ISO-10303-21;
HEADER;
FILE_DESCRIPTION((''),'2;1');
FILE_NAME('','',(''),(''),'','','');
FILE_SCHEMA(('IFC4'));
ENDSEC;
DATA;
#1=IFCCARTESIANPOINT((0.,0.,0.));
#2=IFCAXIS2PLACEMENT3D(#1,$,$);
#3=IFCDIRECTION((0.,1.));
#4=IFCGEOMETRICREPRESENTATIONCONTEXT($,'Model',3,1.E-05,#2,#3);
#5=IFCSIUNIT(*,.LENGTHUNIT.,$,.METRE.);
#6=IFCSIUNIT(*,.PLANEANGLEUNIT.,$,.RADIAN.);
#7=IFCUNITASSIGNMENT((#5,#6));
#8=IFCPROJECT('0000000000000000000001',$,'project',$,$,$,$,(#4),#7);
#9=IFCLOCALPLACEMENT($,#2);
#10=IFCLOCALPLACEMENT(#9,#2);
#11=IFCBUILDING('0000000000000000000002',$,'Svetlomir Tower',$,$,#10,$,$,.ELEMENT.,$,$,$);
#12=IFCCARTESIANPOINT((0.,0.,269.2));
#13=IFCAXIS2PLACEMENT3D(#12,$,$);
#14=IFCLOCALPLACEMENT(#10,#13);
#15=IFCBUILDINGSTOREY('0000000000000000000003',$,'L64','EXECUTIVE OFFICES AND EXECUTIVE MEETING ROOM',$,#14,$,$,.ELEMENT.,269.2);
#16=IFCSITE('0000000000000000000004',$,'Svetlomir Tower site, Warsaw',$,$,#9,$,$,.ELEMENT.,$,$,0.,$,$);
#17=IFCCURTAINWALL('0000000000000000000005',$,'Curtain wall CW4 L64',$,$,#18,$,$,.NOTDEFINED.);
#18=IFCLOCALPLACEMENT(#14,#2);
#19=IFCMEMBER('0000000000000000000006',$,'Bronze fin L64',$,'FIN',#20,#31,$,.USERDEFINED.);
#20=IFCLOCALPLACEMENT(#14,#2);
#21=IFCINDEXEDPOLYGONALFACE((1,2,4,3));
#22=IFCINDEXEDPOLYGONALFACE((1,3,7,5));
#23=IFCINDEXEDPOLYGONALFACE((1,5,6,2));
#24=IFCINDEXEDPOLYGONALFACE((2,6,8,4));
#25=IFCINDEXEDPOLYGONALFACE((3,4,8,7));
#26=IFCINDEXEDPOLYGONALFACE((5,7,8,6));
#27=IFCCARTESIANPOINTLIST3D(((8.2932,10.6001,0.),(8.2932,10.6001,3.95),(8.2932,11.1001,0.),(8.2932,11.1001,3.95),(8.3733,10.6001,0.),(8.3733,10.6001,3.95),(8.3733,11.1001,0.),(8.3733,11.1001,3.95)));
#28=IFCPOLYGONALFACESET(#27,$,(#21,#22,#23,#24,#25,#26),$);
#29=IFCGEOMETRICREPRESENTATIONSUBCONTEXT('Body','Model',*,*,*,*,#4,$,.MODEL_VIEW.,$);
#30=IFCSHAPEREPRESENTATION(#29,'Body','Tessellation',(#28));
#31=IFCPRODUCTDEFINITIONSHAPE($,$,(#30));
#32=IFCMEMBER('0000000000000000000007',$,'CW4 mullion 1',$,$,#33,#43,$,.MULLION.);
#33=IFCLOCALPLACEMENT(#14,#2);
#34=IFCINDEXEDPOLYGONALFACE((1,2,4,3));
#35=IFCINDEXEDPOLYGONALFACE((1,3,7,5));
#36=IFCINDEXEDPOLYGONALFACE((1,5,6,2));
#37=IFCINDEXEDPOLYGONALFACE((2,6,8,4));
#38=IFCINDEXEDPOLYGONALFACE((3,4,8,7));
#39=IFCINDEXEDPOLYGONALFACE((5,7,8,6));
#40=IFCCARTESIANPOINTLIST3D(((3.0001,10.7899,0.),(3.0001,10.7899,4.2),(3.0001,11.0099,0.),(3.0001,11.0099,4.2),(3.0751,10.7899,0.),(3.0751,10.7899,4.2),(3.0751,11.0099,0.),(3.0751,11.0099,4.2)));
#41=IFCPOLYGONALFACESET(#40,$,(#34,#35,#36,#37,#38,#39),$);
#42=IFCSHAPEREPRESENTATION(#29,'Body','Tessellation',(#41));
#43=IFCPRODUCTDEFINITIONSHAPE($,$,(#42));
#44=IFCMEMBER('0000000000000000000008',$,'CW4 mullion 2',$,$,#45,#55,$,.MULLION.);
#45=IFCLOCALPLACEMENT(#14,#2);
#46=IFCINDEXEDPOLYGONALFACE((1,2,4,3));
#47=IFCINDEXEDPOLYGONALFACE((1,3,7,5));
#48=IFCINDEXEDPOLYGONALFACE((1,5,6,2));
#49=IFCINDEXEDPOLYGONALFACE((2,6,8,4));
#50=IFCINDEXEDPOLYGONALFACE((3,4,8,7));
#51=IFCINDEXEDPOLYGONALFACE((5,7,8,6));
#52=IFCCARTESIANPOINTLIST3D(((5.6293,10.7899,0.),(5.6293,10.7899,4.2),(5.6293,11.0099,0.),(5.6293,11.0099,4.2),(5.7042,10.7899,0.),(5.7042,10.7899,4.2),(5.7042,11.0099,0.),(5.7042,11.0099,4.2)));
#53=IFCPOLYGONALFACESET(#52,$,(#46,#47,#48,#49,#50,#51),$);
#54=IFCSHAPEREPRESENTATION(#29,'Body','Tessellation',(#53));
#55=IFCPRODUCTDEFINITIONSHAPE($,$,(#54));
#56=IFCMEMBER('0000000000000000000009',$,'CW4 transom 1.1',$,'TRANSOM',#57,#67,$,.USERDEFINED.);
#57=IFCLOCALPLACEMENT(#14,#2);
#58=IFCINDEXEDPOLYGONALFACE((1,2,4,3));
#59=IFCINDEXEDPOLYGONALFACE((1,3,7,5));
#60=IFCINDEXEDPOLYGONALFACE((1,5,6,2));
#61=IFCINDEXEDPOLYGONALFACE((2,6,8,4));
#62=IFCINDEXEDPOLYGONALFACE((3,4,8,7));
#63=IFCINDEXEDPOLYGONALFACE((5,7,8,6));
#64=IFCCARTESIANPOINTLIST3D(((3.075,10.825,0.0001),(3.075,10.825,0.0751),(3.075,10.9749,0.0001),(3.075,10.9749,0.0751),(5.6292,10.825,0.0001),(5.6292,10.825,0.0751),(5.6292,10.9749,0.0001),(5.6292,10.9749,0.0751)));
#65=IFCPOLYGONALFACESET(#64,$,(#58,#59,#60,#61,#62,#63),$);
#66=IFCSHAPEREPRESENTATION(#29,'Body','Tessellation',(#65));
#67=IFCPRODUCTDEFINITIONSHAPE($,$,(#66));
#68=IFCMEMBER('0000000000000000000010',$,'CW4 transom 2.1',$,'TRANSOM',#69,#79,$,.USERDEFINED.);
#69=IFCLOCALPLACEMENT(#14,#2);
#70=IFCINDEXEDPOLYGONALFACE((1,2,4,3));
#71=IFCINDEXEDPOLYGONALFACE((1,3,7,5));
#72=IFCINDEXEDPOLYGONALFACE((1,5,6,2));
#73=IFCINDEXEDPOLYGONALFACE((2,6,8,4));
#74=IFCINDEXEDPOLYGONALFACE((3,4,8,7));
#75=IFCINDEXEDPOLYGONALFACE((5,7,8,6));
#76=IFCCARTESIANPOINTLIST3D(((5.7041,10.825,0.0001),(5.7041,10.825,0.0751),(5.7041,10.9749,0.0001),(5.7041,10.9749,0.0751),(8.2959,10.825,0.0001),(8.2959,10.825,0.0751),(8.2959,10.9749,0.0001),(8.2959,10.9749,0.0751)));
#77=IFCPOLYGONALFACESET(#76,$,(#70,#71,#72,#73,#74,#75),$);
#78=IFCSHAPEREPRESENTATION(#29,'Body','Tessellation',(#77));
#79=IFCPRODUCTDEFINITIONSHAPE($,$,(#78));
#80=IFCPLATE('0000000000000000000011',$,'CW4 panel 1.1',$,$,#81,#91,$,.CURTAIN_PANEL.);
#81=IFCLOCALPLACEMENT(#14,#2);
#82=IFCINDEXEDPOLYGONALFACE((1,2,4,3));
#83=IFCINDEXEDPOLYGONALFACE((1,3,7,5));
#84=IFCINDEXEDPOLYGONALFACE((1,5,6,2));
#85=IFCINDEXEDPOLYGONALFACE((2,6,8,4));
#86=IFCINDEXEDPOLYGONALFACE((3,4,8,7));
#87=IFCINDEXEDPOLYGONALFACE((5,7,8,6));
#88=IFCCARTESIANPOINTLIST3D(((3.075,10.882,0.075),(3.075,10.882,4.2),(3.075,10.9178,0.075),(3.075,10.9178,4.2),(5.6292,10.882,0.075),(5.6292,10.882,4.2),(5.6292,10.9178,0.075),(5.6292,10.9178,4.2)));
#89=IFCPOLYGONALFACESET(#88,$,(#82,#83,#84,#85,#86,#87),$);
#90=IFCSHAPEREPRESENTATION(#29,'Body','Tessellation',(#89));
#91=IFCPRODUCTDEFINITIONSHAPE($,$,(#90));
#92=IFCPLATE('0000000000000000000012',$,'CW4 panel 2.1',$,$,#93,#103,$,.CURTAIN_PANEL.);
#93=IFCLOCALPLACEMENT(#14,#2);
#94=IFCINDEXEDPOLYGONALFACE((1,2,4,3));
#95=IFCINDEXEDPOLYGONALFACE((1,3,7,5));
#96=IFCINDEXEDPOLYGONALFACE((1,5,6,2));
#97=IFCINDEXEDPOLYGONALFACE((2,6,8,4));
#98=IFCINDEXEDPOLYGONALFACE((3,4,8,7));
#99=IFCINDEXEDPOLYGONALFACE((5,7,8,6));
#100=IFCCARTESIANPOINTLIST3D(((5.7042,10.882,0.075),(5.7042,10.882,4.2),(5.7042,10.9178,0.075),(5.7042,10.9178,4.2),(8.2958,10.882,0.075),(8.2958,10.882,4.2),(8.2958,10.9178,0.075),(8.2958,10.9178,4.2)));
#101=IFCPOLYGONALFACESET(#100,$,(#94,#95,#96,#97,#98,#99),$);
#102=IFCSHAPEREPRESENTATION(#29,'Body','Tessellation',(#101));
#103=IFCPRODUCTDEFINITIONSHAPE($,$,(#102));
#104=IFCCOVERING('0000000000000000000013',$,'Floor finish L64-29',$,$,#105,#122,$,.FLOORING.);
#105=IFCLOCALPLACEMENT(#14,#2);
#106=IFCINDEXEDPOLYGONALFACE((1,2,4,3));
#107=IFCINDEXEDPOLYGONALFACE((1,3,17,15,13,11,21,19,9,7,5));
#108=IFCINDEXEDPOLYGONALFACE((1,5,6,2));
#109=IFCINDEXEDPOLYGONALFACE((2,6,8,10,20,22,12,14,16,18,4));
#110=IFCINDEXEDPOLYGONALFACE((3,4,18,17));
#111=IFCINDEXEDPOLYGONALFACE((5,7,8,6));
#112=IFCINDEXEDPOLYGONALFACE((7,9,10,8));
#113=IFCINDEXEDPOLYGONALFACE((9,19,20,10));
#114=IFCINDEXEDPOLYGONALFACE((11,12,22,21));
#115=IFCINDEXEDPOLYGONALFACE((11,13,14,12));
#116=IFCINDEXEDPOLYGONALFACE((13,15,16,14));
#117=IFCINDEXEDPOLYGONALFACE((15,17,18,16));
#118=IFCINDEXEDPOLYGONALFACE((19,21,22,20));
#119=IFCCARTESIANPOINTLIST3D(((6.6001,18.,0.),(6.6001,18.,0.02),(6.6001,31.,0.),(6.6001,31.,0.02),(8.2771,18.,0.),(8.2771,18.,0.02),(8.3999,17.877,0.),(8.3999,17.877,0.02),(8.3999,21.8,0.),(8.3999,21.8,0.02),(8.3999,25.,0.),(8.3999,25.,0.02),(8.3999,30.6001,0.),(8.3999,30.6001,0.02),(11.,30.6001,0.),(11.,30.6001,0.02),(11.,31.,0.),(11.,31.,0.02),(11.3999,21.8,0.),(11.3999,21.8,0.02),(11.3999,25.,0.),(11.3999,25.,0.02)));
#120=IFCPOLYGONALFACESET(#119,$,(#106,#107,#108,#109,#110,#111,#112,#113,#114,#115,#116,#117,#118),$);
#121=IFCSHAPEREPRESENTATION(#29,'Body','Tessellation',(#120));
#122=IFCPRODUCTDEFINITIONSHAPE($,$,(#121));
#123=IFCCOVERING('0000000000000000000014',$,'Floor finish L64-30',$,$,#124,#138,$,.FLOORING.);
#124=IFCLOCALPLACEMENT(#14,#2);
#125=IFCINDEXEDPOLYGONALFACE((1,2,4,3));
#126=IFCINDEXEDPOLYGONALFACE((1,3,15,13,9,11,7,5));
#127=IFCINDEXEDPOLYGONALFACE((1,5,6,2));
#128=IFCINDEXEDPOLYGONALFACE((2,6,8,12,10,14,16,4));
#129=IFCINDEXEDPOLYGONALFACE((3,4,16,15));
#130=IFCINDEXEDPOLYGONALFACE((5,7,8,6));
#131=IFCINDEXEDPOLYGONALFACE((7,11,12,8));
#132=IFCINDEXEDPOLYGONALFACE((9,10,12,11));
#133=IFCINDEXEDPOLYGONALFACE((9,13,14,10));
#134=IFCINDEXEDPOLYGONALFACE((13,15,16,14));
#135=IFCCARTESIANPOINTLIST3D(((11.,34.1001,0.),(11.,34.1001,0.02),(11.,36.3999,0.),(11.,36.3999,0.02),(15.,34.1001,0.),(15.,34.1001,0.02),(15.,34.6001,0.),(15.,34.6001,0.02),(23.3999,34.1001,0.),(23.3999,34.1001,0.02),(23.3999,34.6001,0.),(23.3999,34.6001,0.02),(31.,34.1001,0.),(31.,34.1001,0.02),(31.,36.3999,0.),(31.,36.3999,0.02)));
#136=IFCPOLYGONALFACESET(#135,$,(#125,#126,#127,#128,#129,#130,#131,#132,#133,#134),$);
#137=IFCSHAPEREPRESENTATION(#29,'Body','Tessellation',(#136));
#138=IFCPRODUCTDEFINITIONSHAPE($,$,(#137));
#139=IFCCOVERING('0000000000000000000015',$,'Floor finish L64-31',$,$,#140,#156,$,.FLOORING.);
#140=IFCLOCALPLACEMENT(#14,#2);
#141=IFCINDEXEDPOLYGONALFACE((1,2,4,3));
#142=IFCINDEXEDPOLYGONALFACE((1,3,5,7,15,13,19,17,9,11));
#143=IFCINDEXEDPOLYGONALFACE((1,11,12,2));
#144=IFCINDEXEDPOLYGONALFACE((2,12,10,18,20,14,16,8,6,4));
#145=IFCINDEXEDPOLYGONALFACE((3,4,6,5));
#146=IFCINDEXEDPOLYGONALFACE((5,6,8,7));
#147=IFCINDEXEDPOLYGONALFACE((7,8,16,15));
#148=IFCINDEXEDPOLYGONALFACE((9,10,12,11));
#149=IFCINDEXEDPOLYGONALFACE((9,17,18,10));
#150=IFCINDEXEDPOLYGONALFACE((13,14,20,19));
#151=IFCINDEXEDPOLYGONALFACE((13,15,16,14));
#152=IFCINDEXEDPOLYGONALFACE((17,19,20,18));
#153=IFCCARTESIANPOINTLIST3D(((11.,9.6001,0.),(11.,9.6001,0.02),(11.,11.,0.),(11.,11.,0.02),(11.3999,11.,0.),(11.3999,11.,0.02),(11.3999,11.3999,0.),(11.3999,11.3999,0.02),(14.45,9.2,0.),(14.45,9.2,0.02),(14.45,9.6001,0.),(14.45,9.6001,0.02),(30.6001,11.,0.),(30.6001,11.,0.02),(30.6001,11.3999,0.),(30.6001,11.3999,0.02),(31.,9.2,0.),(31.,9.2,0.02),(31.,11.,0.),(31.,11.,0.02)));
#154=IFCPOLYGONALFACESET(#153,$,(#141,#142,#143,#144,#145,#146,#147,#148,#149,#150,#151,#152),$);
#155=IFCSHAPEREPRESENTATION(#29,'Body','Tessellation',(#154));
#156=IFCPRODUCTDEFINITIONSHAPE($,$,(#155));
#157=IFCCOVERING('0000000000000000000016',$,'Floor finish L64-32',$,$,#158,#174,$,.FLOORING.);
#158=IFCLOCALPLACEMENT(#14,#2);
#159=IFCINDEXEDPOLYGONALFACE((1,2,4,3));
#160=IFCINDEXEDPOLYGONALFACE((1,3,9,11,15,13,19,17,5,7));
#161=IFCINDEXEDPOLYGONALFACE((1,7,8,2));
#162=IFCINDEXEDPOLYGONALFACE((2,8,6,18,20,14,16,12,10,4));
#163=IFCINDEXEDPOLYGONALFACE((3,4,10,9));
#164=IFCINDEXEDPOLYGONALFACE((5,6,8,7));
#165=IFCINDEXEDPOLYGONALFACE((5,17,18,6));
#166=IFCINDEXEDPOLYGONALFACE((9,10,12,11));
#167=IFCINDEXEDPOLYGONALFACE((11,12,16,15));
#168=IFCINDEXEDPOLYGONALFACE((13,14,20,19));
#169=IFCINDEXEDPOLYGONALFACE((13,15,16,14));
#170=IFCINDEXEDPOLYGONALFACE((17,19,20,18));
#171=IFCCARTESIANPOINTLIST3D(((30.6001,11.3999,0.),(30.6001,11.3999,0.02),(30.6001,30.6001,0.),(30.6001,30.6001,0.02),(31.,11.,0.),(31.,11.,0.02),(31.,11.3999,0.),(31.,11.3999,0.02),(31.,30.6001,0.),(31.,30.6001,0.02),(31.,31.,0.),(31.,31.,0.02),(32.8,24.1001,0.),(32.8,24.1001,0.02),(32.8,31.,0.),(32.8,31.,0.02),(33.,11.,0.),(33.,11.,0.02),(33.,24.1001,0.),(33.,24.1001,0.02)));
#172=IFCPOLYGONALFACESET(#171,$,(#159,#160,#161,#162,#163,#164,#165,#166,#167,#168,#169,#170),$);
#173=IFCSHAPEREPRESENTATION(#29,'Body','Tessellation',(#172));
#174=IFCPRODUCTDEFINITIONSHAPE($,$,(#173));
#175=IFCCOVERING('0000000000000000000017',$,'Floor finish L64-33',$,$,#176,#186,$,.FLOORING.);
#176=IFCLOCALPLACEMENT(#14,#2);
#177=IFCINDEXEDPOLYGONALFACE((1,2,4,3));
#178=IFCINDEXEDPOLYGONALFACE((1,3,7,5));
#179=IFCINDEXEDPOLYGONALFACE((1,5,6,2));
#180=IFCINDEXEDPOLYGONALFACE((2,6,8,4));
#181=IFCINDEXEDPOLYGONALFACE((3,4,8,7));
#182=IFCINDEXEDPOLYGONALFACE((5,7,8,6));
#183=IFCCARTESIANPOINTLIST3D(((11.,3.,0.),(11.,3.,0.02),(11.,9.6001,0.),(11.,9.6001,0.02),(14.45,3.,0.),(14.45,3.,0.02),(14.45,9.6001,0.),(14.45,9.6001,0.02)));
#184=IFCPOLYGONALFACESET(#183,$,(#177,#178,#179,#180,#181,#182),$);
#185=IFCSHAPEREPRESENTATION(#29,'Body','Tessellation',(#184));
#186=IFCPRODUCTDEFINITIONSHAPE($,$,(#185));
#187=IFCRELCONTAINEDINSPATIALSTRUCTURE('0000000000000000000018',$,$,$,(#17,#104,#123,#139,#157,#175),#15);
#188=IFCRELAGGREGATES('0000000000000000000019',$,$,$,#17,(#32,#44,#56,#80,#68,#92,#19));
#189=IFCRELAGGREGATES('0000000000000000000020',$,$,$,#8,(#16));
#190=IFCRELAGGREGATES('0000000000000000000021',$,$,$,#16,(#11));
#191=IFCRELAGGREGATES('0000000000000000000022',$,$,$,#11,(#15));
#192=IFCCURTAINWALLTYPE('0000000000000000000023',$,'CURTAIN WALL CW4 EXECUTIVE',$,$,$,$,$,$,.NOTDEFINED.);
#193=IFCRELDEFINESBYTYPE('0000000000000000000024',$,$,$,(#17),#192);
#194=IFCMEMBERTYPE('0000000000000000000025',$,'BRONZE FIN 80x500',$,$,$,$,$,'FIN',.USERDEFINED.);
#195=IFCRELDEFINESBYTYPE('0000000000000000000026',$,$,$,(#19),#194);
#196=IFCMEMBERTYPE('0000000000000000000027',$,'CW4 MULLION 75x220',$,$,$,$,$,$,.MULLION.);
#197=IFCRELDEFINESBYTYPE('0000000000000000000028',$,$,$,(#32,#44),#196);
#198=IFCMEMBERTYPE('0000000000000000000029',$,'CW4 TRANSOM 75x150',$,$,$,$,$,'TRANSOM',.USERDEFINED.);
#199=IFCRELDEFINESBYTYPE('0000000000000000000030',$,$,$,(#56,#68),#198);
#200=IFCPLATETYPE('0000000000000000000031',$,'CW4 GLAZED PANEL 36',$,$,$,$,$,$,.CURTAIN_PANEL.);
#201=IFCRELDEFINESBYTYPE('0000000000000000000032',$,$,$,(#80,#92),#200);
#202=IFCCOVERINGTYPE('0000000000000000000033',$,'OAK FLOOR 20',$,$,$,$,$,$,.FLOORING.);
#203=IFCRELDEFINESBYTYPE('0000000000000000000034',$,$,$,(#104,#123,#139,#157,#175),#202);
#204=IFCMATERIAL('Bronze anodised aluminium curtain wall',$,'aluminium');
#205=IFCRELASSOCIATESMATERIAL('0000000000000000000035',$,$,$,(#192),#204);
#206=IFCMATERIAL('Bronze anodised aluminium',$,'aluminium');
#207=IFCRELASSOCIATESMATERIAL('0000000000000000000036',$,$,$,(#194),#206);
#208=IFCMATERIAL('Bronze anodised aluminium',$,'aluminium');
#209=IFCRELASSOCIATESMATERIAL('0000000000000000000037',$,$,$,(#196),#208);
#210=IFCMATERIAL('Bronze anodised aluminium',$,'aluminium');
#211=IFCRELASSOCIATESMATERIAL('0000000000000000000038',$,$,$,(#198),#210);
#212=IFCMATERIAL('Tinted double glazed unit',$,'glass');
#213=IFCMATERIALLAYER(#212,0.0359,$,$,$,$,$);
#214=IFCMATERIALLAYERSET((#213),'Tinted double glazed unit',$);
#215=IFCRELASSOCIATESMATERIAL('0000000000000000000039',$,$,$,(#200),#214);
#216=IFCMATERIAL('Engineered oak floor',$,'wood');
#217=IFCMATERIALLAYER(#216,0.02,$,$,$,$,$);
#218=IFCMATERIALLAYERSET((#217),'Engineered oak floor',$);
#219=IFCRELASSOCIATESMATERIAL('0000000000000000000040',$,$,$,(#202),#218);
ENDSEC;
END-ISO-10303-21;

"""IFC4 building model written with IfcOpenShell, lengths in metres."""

from ifc_helpers import new_model, si_unit, direction, frame, origin, origin_2d, place, context, subcontext, project, spatial, polyline, rectangle, outline, extrude, material, layer, layer_set, material_profile, profile_set, type_object, element, aggregate, save


model = new_model("IFC4")

# Units and contexts
model_context = context("Model", 3, precision=1e-05, world=origin(), true_north=direction((0.0, 1.0)))
body_context = subcontext(model_context, "Body", "Model", "MODEL_VIEW")
ifc_project = project(units=[si_unit("LENGTHUNIT", "METRE"), si_unit("PLANEANGLEUNIT", "RADIAN")], contexts=[model_context])

# Site, building, storey
site_placement = place(None, origin())
site = spatial("IfcSite", under=ifc_project, at=site_placement, Name="Svetlomir Tower site, Warsaw", CompositionType="ELEMENT", RefElevation=0.0)
building_placement = place(site_placement, origin())
building = spatial("IfcBuilding", under=site, at=building_placement, Name="Svetlomir Tower", CompositionType="ELEMENT")
storey_placement = place(building_placement, frame((0.0, 0.0, 269.2)))
storey = spatial("IfcBuildingStorey", under=building, at=storey_placement, Name="L64", Description="EXECUTIVE OFFICES AND EXECUTIVE MEETING ROOM", CompositionType="ELEMENT", Elevation=269.2)

# Curtain wall, members, plates
ifc_material_1 = material(Name="Bronze anodised aluminium curtain wall", Category="aluminium")
curtain_wall_type = type_object("IfcCurtainWallType", Name="CURTAIN WALL CW4 EXECUTIVE", PredefinedType="NOTDEFINED", material=ifc_material_1)
curtain_wall_placement = place(storey_placement, origin())
curtain_wall = element("IfcCurtainWall", 1, at=curtain_wall_placement, inside=storey, type_object=curtain_wall_type, Name="Curtain wall CW4 L64", PredefinedType="NOTDEFINED")
ifc_material_2 = material(Name="Bronze anodised aluminium", Category="aluminium")
ifc_material_profile_1 = material_profile(ifc_material_2, rectangle(XDim=0.0801, YDim=0.5, at=origin_2d()), Name="FIN 80x500")
ifc_profile_set_1 = profile_set([ifc_material_profile_1], Name="Bronze anodised aluminium 6063-T6")
member_type_1 = type_object("IfcMemberType", Name="BRONZE FIN 80x500", ElementType="FIN", PredefinedType="USERDEFINED", material=ifc_profile_set_1)
member_1_placement = place(storey_placement, frame((8.3333, 10.8501, 0.0), z_axis=(0.0, 0.0, 1.0), x_axis=(1.0, 0.0, 0.0)))
member_1 = element("IfcMember", 2, at=member_1_placement, type_object=member_type_1, Name="Bronze fin L64", ObjectType="FIN", PredefinedType="USERDEFINED", context=body_context, shape_type="SweptSolid", body=[
    extrude(rectangle(XDim=0.0801, YDim=0.5, at=origin_2d()), origin(), (0.0, 0.0, 1.0), 3.95),
])
ifc_material_3 = material(Name="Bronze anodised aluminium", Category="aluminium")
ifc_material_profile_2 = material_profile(ifc_material_3, rectangle(XDim=0.075, YDim=0.22, at=origin_2d()), Name="AL 75x220")
ifc_profile_set_2 = profile_set([ifc_material_profile_2], Name="Bronze anodised aluminium 6063-T6")
member_type_2 = type_object("IfcMemberType", Name="CW4 MULLION 75x220", PredefinedType="MULLION", material=ifc_profile_set_2)
member_2_placement = place(storey_placement, frame((3.0376, 10.8999, 0.0), z_axis=(0.0, 0.0, 1.0), x_axis=(1.0, 0.0, 0.0)))
member_2 = element("IfcMember", 3, at=member_2_placement, type_object=member_type_2, Name="CW4 mullion 1", PredefinedType="MULLION", context=body_context, shape_type="SweptSolid", body=[
    extrude(rectangle(XDim=0.075, YDim=0.22, at=origin_2d()), origin(), (0.0, 0.0, 1.0), 4.2),
])
member_3_placement = place(storey_placement, frame((5.6667, 10.8999, 0.0), z_axis=(0.0, 0.0, 1.0), x_axis=(1.0, 0.0, 0.0)))
member_3 = element("IfcMember", 4, at=member_3_placement, type_object=member_type_2, Name="CW4 mullion 2", PredefinedType="MULLION", context=body_context, shape_type="SweptSolid", body=[
    extrude(rectangle(XDim=0.075, YDim=0.22, at=origin_2d()), origin(), (0.0, 0.0, 1.0), 4.2),
])
ifc_material_4 = material(Name="Bronze anodised aluminium", Category="aluminium")
ifc_material_profile_3 = material_profile(ifc_material_4, rectangle(XDim=0.1499, YDim=0.075, at=origin_2d()), Name="AL 150x75")
ifc_profile_set_3 = profile_set([ifc_material_profile_3], Name="Bronze anodised aluminium 6063-T6")
member_type_3 = type_object("IfcMemberType", Name="CW4 TRANSOM 75x150", ElementType="TRANSOM", PredefinedType="USERDEFINED", material=ifc_profile_set_3)
member_4_placement = place(storey_placement, frame((3.075, 10.8999, 0.0376), z_axis=(1.0, 0.0, 0.0), x_axis=(0.0, 1.0, 0.0)))
member_4 = element("IfcMember", 5, at=member_4_placement, type_object=member_type_3, Name="CW4 transom 1.1", ObjectType="TRANSOM", PredefinedType="USERDEFINED", context=body_context, shape_type="SweptSolid", body=[
    extrude(rectangle(XDim=0.1499, YDim=0.075, at=origin_2d()), origin(), (0.0, 0.0, 1.0), 2.5542),
])
member_5_placement = place(storey_placement, frame((5.7041, 10.8999, 0.0376), z_axis=(1.0, 0.0, 0.0), x_axis=(0.0, 1.0, 0.0)))
member_5 = element("IfcMember", 6, at=member_5_placement, type_object=member_type_3, Name="CW4 transom 2.1", ObjectType="TRANSOM", PredefinedType="USERDEFINED", context=body_context, shape_type="SweptSolid", body=[
    extrude(rectangle(XDim=0.1499, YDim=0.075, at=origin_2d()), origin(), (0.0, 0.0, 1.0), 2.5918),
])
ifc_material_5 = material(Name="Tinted double glazed unit", Category="glass")
ifc_layer_1 = layer(ifc_material_5, 0.0359)
ifc_layer_set_1 = layer_set([ifc_layer_1], Name="Tinted double glazed unit")
plate_type = type_object("IfcPlateType", Name="CW4 GLAZED PANEL 36", PredefinedType="CURTAIN_PANEL", material=ifc_layer_set_1)
plate_1_placement = place(storey_placement, frame((4.3521, 10.8999, 0.075), z_axis=(0.0, 0.0, 1.0), x_axis=(1.0, 0.0, 0.0)))
plate_1 = element("IfcPlate", 7, at=plate_1_placement, type_object=plate_type, Name="CW4 panel 1.1", PredefinedType="CURTAIN_PANEL", context=body_context, shape_type="SweptSolid", body=[
    extrude(rectangle(XDim=2.5542, YDim=0.0359, at=origin_2d()), origin(), (0.0, 0.0, 1.0), 4.125),
])
plate_2_placement = place(storey_placement, frame((7.0, 10.8999, 0.075), z_axis=(0.0, 0.0, 1.0), x_axis=(1.0, 0.0, 0.0)))
plate_2 = element("IfcPlate", 8, at=plate_2_placement, type_object=plate_type, Name="CW4 panel 2.1", PredefinedType="CURTAIN_PANEL", context=body_context, shape_type="SweptSolid", body=[
    extrude(rectangle(XDim=2.5916, YDim=0.0359, at=origin_2d()), origin(), (0.0, 0.0, 1.0), 4.125),
])
aggregate(curtain_wall, [member_2, member_3, member_4, plate_1, member_5, plate_2, member_1])

# Coverings
ifc_material_6 = material(Name="Engineered oak floor", Category="wood")
ifc_layer_2 = layer(ifc_material_6, 0.02)
ifc_layer_set_2 = layer_set([ifc_layer_2], Name="Engineered oak floor")
covering_type_1 = type_object("IfcCoveringType", Name="OAK FLOOR 20", PredefinedType="FLOORING", material=ifc_layer_set_2)
covering_1_placement = place(storey_placement, origin())
element("IfcCovering", 9, at=covering_1_placement, inside=storey, type_object=covering_type_1, Name="Floor finish L64-29", PredefinedType="FLOORING", context=body_context, shape_type="SweptSolid", body=[
    extrude(outline(polyline([(11.3999, 21.8), (8.3999, 21.8), (8.3999, 17.877), (8.2771, 18.0), (6.6001, 18.0), (6.6001, 31.0), (11.0, 31.0), (11.0, 30.6001), (8.3999, 30.6001), (8.3999, 25.0), (11.3999, 25.0), (11.3999, 21.8)])), origin(), (0.0, 0.0, 1.0), 0.02),
])
covering_2_placement = place(storey_placement, origin())
element("IfcCovering", 10, at=covering_2_placement, inside=storey, type_object=covering_type_1, Name="Floor finish L64-30", PredefinedType="FLOORING", context=body_context, shape_type="SweptSolid", body=[
    extrude(outline(polyline([(31.0, 34.1001), (23.3999, 34.1001), (23.3999, 34.6001), (15.0, 34.6001), (15.0, 34.1001), (11.0, 34.1001), (11.0, 36.3999), (31.0, 36.3999), (31.0, 34.1001)])), origin(), (0.0, 0.0, 1.0), 0.02),
])
covering_3_placement = place(storey_placement, origin())
element("IfcCovering", 11, at=covering_3_placement, inside=storey, type_object=covering_type_1, Name="Floor finish L64-31", PredefinedType="FLOORING", context=body_context, shape_type="SweptSolid", body=[
    extrude(outline(polyline([(14.45, 9.2), (14.45, 9.6001), (11.0, 9.6001), (11.0, 11.0), (11.3999, 11.0), (11.3999, 11.3999), (30.6001, 11.3999), (30.6001, 11.0), (31.0, 11.0), (31.0, 9.2), (14.45, 9.2)])), origin(), (0.0, 0.0, 1.0), 0.02),
])
covering_4_placement = place(storey_placement, origin())
element("IfcCovering", 12, at=covering_4_placement, inside=storey, type_object=covering_type_1, Name="Floor finish L64-32", PredefinedType="FLOORING", context=body_context, shape_type="SweptSolid", body=[
    extrude(outline(polyline([(30.6001, 30.6001), (31.0, 30.6001), (31.0, 31.0), (32.8, 31.0), (32.8, 24.1001), (33.0, 24.1001), (33.0, 11.0), (31.0, 11.0), (31.0, 11.3999), (30.6001, 11.3999), (30.6001, 30.6001)])), origin(), (0.0, 0.0, 1.0), 0.02),
])
covering_5_placement = place(storey_placement, origin())
element("IfcCovering", 13, at=covering_5_placement, inside=storey, type_object=covering_type_1, Name="Floor finish L64-33", PredefinedType="FLOORING", context=body_context, shape_type="SweptSolid", body=[
    extrude(outline(polyline([(14.45, 9.6001), (14.45, 3.0), (11.0, 3.0), (11.0, 9.6001), (14.45, 9.6001)])), origin(), (0.0, 0.0, 1.0), 0.02),
])

save(model, "model.ifc")
